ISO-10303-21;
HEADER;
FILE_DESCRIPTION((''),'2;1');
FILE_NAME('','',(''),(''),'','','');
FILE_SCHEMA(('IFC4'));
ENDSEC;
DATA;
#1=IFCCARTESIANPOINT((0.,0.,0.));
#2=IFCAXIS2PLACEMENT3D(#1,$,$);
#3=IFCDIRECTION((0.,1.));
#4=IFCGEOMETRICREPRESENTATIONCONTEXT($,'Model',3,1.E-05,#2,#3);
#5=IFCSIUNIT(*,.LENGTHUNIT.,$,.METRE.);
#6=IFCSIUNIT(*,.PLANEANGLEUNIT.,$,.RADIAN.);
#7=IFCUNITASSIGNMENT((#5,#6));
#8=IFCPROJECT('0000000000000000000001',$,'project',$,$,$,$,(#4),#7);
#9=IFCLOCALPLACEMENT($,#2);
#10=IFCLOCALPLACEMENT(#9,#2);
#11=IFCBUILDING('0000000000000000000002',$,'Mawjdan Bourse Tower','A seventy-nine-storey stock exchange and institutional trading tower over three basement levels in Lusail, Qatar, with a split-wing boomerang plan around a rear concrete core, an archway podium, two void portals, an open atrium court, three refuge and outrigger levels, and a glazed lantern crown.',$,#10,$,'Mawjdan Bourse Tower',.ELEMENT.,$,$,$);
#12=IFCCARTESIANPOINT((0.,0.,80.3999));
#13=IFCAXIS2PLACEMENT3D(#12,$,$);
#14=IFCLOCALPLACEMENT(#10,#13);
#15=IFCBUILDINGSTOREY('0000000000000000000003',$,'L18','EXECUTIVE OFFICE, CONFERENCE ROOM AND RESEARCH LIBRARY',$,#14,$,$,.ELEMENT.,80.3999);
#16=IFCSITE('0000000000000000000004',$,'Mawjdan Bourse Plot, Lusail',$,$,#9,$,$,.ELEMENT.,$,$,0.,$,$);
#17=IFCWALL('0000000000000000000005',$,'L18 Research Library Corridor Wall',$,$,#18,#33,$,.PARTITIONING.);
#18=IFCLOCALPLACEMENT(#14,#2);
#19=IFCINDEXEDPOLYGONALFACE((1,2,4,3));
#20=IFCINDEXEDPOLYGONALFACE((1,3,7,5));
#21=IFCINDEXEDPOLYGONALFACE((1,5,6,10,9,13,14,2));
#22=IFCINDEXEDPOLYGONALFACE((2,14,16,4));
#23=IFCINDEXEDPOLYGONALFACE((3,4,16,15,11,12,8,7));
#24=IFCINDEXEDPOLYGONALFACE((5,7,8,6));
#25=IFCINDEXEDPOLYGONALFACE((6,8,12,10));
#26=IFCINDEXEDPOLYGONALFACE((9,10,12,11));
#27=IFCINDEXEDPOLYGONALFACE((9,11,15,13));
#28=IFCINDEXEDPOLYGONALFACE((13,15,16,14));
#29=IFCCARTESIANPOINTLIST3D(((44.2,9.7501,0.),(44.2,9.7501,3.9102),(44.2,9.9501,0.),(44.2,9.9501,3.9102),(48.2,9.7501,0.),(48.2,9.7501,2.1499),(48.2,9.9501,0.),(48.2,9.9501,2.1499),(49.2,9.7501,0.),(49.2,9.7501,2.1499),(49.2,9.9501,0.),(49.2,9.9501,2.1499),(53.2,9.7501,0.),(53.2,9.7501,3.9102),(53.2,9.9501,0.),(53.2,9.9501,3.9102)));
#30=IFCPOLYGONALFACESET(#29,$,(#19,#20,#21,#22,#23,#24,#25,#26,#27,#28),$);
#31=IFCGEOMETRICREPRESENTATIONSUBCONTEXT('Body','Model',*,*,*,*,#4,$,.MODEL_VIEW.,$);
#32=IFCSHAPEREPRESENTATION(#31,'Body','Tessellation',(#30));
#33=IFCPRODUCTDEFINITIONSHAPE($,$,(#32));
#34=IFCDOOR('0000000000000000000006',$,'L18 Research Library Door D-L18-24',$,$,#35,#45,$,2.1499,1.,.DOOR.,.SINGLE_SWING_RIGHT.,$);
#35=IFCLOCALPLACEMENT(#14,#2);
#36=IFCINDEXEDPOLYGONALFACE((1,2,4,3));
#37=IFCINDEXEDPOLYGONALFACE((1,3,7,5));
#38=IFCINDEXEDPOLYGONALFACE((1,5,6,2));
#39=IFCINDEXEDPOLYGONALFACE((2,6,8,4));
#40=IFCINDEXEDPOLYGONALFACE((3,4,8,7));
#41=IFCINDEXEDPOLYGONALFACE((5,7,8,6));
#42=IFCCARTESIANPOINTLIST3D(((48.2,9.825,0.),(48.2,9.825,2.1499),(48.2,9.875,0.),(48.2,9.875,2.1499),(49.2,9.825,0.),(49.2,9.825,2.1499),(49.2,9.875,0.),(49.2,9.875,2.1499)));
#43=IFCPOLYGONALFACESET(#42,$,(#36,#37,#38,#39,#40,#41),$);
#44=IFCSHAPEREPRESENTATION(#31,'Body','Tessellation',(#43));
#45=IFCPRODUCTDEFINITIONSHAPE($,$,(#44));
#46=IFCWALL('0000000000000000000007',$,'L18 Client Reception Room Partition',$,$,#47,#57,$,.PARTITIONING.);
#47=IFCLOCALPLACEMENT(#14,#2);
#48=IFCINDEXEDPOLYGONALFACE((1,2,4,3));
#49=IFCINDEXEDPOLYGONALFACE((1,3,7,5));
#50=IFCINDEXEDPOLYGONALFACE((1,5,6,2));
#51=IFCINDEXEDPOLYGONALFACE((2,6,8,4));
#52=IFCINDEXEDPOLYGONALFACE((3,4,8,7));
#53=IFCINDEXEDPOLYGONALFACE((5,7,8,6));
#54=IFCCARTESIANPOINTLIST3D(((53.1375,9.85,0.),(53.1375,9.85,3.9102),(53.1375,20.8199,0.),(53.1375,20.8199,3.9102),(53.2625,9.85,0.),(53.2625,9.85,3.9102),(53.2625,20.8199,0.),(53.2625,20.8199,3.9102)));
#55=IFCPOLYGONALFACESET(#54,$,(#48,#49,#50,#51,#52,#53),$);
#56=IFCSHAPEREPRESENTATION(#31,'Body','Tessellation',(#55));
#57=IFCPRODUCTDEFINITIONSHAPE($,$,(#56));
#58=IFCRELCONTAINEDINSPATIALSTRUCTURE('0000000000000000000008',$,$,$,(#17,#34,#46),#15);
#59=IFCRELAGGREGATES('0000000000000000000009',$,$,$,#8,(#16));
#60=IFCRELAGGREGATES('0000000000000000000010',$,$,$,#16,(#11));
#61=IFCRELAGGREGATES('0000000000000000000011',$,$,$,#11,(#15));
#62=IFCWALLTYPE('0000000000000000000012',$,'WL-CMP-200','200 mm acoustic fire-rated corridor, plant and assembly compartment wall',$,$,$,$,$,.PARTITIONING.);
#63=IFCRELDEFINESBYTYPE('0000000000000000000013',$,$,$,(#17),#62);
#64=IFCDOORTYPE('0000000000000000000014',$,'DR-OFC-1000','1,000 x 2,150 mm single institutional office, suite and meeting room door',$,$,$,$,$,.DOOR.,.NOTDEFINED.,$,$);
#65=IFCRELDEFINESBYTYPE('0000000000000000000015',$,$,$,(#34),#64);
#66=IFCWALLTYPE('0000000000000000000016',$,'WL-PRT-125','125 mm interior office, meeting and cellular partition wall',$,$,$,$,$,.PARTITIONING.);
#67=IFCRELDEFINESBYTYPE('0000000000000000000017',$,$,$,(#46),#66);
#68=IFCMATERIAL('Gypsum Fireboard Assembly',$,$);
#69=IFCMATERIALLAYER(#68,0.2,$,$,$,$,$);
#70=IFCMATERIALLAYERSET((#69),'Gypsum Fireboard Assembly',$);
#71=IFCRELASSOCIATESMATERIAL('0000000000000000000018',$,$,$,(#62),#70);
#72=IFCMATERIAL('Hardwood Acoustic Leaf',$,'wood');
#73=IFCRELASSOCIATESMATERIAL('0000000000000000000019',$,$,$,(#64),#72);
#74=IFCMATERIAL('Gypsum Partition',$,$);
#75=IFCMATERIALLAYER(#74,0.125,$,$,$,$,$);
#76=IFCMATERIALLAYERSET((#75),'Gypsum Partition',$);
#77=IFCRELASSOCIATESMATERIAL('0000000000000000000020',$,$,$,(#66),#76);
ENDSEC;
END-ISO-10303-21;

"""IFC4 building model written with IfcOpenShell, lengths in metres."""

from ifc_helpers import new_model, si_unit, direction, frame, frame_2d, origin, place, context, subcontext, project, spatial, rectangle, extrude, material, layer, layer_set, type_object, element, fill, save


model = new_model("IFC4")

# Units and contexts
model_context = context("Model", 3, precision=1e-05, world=origin(), true_north=direction((0.0, 1.0)))
body_context = subcontext(model_context, "Body", "Model", "MODEL_VIEW")
ifc_project = project(units=[si_unit("LENGTHUNIT", "METRE"), si_unit("PLANEANGLEUNIT", "RADIAN")], contexts=[model_context])

# Site, building, storey
site_placement = place(None, origin())
site = spatial("IfcSite", under=ifc_project, at=site_placement, Name="Mawjdan Bourse Plot, Lusail", CompositionType="ELEMENT", RefElevation=0.0)
building_placement = place(site_placement, origin())
building = spatial("IfcBuilding", under=site, at=building_placement, Name="Mawjdan Bourse Tower", Description="A seventy-nine-storey stock exchange and institutional trading tower over three basement levels in Lusail, Qatar, with a split-wing boomerang plan around a rear concrete core, an archway podium, two void portals, an open atrium court, three refuge and outrigger levels, and a glazed lantern crown.", LongName="Mawjdan Bourse Tower", CompositionType="ELEMENT")
storey_placement = place(building_placement, frame((0.0, 0.0, 80.3999)))
storey = spatial("IfcBuildingStorey", under=building, at=storey_placement, Name="L18", Description="EXECUTIVE OFFICE, CONFERENCE ROOM AND RESEARCH LIBRARY", CompositionType="ELEMENT", Elevation=80.3999)

# Wall, opening, door
ifc_material_1 = material(Name="Gypsum Fireboard Assembly")
ifc_layer_1 = layer(ifc_material_1, 0.2)
ifc_layer_set_1 = layer_set([ifc_layer_1], Name="Gypsum Fireboard Assembly")
wall_type_1 = type_object("IfcWallType", Name="WL-CMP-200", Description="200 mm acoustic fire-rated corridor, plant and assembly compartment wall", PredefinedType="PARTITIONING", material=ifc_layer_set_1)
wall_1_placement = place(storey_placement, frame((44.2, 9.8501, 0.0), z_axis=(0.0, 0.0, 1.0), x_axis=(1.0, 0.0, 0.0)))
wall_1 = element("IfcWall", 1, at=wall_1_placement, inside=storey, type_object=wall_type_1, Name="L18 Research Library Corridor Wall", PredefinedType="PARTITIONING", context=body_context, shape_type="SweptSolid", body=[
    extrude(rectangle(XDim=9.0, YDim=0.2, at=frame_2d((4.5, 0.0))), origin(), (0.0, 0.0, 1.0), 3.9102),
])
opening_1_placement = place(wall_1_placement, frame((4.0, 0.0, 0.0)))
opening_1 = element("IfcOpeningElement", 2, at=opening_1_placement, cuts=wall_1, PredefinedType="OPENING", context=body_context, shape_type="SweptSolid", body=[
    extrude(rectangle(XDim=1.0, YDim=2.1499, at=frame_2d((0.5, 1.075))), frame((0.0, 0.1099, 0.0), z_axis=(0.0, -1.0, 0.0), x_axis=(1.0, 0.0, 0.0)), (0.0, 0.0, 1.0), 0.22),
])
ifc_material_2 = material(Name="Hardwood Acoustic Leaf", Category="wood")
door_type = type_object("IfcDoorType", Name="DR-OFC-1000", Description="1,000 x 2,150 mm single institutional office, suite and meeting room door", OperationType="NOTDEFINED", PredefinedType="DOOR", material=ifc_material_2)
door_1_placement = place(opening_1_placement, origin())
door_1 = element("IfcDoor", 3, at=door_1_placement, inside=storey, type_object=door_type, Name="L18 Research Library Door D-L18-24", OperationType="SINGLE_SWING_RIGHT", OverallHeight=2.1499, OverallWidth=1.0, PredefinedType="DOOR", context=body_context, shape_type="SweptSolid", body=[
    extrude(rectangle(XDim=1.0, YDim=2.1499, at=frame_2d((0.5, 1.075))), frame((0.0, 0.0249, 0.0), z_axis=(0.0, -1.0, 0.0), x_axis=(1.0, 0.0, 0.0)), (0.0, 0.0, 1.0), 0.05),
])
fill(opening_1, door_1)

# Wall
ifc_material_3 = material(Name="Gypsum Partition")
ifc_layer_2 = layer(ifc_material_3, 0.125)
ifc_layer_set_2 = layer_set([ifc_layer_2], Name="Gypsum Partition")
wall_type_2 = type_object("IfcWallType", Name="WL-PRT-125", Description="125 mm interior office, meeting and cellular partition wall", PredefinedType="PARTITIONING", material=ifc_layer_set_2)
wall_2_placement = place(storey_placement, frame((53.2, 9.8501, 0.0), z_axis=(0.0, 0.0, 1.0), x_axis=(0.0, 1.0, 0.0)))
element("IfcWall", 4, at=wall_2_placement, inside=storey, type_object=wall_type_2, Name="L18 Client Reception Room Partition", PredefinedType="PARTITIONING", context=body_context, shape_type="SweptSolid", body=[
    extrude(rectangle(XDim=10.97, YDim=0.125, at=frame_2d((5.4849, 0.0))), origin(), (0.0, 0.0, 1.0), 3.9102),
])

save(model, "model.ifc")
